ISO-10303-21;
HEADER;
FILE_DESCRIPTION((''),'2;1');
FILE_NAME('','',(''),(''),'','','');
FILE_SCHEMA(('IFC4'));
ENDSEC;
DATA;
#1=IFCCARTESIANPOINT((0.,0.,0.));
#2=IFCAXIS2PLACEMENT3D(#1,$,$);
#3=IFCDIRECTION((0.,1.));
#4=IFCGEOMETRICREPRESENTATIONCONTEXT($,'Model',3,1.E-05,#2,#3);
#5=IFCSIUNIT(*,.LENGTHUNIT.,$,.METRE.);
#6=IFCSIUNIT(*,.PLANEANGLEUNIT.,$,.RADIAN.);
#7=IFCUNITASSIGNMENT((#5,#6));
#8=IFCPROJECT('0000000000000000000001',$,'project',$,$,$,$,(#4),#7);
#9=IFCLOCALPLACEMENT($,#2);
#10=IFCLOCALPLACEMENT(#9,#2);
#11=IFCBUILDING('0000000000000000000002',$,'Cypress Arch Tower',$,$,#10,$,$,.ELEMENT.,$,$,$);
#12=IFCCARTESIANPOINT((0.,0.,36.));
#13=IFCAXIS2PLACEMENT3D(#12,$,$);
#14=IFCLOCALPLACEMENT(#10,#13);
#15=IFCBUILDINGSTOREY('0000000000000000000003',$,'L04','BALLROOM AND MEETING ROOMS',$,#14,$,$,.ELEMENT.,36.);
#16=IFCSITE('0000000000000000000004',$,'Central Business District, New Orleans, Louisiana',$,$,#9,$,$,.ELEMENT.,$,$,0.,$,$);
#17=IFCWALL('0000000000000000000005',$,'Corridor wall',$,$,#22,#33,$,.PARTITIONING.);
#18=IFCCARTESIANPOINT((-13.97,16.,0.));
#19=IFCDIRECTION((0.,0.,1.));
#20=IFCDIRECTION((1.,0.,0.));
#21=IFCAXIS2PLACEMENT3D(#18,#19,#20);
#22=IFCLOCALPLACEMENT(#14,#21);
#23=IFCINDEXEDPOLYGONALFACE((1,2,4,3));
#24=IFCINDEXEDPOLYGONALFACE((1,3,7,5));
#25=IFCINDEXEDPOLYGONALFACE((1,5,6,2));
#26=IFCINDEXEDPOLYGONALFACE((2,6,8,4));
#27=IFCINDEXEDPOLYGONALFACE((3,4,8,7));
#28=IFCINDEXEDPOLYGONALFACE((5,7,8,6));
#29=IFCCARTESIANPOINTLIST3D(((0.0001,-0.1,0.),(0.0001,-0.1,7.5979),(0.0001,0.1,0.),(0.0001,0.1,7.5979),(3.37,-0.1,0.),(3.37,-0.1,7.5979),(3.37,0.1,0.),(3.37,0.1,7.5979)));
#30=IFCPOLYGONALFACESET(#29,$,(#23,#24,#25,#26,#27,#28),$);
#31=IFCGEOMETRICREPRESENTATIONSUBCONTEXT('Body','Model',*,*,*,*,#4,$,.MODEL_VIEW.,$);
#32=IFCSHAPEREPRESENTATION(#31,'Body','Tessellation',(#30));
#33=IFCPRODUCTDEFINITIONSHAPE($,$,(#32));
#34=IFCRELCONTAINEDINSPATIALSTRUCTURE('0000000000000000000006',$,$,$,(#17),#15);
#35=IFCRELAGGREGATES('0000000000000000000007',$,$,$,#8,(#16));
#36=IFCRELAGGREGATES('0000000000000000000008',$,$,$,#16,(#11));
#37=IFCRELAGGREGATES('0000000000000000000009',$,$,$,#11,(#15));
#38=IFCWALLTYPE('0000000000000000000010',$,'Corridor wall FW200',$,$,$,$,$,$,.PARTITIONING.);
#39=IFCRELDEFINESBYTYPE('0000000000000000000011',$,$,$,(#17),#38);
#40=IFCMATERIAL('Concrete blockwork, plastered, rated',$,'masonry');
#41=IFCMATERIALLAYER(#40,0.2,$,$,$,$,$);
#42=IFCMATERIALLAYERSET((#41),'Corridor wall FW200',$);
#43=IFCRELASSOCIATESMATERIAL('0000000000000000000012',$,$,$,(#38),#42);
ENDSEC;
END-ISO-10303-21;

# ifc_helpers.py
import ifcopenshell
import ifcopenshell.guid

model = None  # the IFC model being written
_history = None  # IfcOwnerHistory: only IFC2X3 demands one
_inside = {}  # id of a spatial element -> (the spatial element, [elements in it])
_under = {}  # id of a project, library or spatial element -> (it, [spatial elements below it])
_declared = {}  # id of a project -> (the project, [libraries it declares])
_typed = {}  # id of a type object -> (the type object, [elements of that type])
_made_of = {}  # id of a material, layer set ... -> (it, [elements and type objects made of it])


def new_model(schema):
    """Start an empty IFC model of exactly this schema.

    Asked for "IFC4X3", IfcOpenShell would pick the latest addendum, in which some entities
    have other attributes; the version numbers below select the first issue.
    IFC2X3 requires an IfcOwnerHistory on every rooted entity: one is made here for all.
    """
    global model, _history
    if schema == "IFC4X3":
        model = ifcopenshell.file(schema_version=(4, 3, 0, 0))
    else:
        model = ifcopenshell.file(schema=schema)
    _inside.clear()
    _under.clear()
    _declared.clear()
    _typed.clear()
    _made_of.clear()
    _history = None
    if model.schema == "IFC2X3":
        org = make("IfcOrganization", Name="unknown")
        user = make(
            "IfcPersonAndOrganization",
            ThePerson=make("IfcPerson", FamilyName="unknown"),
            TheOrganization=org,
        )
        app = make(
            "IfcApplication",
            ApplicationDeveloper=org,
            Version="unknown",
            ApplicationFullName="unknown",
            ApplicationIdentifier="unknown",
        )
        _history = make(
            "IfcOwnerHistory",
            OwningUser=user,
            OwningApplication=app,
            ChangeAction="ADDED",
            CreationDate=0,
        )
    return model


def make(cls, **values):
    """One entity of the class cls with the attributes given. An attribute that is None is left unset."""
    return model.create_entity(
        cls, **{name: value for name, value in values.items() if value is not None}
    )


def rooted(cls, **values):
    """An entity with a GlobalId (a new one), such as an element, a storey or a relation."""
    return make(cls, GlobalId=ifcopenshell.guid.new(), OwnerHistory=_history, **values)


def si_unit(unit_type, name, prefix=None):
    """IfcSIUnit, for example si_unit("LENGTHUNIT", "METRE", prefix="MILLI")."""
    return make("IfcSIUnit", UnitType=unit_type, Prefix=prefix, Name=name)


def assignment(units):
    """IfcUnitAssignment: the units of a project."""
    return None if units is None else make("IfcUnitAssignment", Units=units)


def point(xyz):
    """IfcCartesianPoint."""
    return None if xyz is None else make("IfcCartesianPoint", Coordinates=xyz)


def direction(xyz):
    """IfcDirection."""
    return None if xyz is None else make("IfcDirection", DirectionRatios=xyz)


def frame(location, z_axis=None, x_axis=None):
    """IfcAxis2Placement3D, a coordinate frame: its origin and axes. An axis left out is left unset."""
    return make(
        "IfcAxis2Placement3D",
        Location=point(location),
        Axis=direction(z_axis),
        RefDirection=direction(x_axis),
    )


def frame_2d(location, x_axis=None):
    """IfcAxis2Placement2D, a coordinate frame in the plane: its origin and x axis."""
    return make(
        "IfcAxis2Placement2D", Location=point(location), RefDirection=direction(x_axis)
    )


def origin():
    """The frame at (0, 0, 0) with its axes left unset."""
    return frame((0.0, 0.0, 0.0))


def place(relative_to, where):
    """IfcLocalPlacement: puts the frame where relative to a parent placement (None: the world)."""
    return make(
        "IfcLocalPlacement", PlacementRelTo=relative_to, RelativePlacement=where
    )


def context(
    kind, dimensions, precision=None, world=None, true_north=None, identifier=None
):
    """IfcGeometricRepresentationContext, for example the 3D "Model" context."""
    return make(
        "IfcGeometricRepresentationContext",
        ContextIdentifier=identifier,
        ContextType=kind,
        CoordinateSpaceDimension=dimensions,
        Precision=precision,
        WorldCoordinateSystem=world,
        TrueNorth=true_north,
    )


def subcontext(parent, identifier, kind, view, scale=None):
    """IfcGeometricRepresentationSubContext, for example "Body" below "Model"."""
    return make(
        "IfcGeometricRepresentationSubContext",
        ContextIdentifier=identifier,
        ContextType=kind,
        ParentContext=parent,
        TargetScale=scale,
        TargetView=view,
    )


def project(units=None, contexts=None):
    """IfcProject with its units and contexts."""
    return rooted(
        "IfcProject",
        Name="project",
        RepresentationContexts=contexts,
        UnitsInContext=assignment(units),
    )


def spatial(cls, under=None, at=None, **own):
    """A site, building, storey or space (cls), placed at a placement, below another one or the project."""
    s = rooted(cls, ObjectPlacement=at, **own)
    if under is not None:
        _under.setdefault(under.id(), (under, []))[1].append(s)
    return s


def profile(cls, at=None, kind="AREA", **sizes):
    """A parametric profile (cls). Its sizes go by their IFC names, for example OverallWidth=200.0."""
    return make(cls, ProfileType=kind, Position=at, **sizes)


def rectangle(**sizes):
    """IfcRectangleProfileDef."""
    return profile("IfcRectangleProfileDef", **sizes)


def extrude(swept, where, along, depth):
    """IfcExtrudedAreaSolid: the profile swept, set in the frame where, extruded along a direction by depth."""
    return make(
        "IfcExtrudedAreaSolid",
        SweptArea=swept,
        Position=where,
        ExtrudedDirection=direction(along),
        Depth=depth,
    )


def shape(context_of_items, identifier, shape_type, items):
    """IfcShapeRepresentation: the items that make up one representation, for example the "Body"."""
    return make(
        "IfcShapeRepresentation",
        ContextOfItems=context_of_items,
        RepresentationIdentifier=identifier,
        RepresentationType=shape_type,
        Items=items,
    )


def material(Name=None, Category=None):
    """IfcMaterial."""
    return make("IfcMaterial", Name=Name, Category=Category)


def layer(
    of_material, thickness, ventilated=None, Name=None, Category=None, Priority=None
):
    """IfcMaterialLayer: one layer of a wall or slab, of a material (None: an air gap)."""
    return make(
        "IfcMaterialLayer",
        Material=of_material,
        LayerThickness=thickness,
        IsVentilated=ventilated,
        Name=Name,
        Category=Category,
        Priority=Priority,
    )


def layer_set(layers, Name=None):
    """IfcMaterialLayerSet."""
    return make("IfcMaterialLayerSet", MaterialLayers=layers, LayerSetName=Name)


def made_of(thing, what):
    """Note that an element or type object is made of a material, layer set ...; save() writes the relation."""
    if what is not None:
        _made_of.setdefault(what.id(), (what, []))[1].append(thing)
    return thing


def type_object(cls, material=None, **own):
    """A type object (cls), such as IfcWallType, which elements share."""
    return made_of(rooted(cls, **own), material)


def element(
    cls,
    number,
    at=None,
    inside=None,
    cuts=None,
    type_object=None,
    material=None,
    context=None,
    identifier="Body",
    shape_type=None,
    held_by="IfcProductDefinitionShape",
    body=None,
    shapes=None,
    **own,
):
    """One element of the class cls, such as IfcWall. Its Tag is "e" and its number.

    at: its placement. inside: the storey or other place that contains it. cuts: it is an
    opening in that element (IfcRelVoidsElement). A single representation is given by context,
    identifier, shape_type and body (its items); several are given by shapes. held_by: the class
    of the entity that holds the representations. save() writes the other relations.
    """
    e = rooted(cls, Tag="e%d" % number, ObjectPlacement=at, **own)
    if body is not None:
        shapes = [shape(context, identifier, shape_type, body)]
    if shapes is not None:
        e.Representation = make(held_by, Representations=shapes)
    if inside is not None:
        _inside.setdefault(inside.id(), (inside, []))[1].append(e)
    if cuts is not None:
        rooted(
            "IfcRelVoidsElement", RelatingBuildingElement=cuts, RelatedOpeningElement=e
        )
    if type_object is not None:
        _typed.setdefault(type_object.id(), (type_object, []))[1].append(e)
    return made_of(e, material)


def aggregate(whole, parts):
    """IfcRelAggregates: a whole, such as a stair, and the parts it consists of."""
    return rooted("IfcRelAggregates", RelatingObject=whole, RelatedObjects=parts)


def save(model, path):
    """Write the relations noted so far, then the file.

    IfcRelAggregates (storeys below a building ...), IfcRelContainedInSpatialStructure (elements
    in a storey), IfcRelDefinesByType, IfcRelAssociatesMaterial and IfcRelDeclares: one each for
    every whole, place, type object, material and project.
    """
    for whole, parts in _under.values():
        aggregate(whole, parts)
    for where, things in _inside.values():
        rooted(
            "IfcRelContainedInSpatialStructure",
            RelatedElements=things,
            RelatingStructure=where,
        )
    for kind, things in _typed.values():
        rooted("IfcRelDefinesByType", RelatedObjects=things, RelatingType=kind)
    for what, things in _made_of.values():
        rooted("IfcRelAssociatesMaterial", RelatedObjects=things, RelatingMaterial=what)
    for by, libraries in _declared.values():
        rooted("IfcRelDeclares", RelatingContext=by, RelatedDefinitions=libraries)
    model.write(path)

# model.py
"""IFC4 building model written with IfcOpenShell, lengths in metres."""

from ifc_helpers import new_model, si_unit, direction, frame, frame_2d, origin, place, context, subcontext, project, spatial, rectangle, extrude, material, layer, layer_set, type_object, element, save


model = new_model("IFC4")

# Units and contexts
model_context = context("Model", 3, precision=1e-05, world=origin(), true_north=direction((0.0, 1.0)))
body_context = subcontext(model_context, "Body", "Model", "MODEL_VIEW")
ifc_project = project(units=[si_unit("LENGTHUNIT", "METRE"), si_unit("PLANEANGLEUNIT", "RADIAN")], contexts=[model_context])

# Site, building, storey
site_placement = place(None, origin())
site = spatial("IfcSite", under=ifc_project, at=site_placement, Name="Central Business District, New Orleans, Louisiana", CompositionType="ELEMENT", RefElevation=0.0)
building_placement = place(site_placement, origin())
building = spatial("IfcBuilding", under=site, at=building_placement, Name="Cypress Arch Tower", CompositionType="ELEMENT")
storey_placement = place(building_placement, frame((0.0, 0.0, 36.0)))
storey = spatial("IfcBuildingStorey", under=building, at=storey_placement, Name="L04", Description="BALLROOM AND MEETING ROOMS", CompositionType="ELEMENT", Elevation=36.0)

# Shared definitions
ifc_material_1 = material(Name="Concrete blockwork, plastered, rated", Category="masonry")
ifc_layer_1 = layer(ifc_material_1, 0.2)
ifc_layer_set_1 = layer_set([ifc_layer_1], Name="Corridor wall FW200")
wall_type_1 = type_object("IfcWallType", Name="Corridor wall FW200", PredefinedType="PARTITIONING", material=ifc_layer_set_1)

# Wall
wall_1_placement = place(storey_placement, frame((-13.97, 16.0, 0.0), z_axis=(0.0, 0.0, 1.0), x_axis=(1.0, 0.0, 0.0)))
element("IfcWall", 1, at=wall_1_placement, inside=storey, type_object=wall_type_1, Name="Corridor wall", PredefinedType="PARTITIONING", context=body_context, shape_type="SweptSolid", body=[
    extrude(rectangle(XDim=3.3699, YDim=0.2, at=frame_2d((1.6851, 0.0))), origin(), (0.0, 0.0, 1.0), 7.5979),
])

save(model, "model.ifc")
